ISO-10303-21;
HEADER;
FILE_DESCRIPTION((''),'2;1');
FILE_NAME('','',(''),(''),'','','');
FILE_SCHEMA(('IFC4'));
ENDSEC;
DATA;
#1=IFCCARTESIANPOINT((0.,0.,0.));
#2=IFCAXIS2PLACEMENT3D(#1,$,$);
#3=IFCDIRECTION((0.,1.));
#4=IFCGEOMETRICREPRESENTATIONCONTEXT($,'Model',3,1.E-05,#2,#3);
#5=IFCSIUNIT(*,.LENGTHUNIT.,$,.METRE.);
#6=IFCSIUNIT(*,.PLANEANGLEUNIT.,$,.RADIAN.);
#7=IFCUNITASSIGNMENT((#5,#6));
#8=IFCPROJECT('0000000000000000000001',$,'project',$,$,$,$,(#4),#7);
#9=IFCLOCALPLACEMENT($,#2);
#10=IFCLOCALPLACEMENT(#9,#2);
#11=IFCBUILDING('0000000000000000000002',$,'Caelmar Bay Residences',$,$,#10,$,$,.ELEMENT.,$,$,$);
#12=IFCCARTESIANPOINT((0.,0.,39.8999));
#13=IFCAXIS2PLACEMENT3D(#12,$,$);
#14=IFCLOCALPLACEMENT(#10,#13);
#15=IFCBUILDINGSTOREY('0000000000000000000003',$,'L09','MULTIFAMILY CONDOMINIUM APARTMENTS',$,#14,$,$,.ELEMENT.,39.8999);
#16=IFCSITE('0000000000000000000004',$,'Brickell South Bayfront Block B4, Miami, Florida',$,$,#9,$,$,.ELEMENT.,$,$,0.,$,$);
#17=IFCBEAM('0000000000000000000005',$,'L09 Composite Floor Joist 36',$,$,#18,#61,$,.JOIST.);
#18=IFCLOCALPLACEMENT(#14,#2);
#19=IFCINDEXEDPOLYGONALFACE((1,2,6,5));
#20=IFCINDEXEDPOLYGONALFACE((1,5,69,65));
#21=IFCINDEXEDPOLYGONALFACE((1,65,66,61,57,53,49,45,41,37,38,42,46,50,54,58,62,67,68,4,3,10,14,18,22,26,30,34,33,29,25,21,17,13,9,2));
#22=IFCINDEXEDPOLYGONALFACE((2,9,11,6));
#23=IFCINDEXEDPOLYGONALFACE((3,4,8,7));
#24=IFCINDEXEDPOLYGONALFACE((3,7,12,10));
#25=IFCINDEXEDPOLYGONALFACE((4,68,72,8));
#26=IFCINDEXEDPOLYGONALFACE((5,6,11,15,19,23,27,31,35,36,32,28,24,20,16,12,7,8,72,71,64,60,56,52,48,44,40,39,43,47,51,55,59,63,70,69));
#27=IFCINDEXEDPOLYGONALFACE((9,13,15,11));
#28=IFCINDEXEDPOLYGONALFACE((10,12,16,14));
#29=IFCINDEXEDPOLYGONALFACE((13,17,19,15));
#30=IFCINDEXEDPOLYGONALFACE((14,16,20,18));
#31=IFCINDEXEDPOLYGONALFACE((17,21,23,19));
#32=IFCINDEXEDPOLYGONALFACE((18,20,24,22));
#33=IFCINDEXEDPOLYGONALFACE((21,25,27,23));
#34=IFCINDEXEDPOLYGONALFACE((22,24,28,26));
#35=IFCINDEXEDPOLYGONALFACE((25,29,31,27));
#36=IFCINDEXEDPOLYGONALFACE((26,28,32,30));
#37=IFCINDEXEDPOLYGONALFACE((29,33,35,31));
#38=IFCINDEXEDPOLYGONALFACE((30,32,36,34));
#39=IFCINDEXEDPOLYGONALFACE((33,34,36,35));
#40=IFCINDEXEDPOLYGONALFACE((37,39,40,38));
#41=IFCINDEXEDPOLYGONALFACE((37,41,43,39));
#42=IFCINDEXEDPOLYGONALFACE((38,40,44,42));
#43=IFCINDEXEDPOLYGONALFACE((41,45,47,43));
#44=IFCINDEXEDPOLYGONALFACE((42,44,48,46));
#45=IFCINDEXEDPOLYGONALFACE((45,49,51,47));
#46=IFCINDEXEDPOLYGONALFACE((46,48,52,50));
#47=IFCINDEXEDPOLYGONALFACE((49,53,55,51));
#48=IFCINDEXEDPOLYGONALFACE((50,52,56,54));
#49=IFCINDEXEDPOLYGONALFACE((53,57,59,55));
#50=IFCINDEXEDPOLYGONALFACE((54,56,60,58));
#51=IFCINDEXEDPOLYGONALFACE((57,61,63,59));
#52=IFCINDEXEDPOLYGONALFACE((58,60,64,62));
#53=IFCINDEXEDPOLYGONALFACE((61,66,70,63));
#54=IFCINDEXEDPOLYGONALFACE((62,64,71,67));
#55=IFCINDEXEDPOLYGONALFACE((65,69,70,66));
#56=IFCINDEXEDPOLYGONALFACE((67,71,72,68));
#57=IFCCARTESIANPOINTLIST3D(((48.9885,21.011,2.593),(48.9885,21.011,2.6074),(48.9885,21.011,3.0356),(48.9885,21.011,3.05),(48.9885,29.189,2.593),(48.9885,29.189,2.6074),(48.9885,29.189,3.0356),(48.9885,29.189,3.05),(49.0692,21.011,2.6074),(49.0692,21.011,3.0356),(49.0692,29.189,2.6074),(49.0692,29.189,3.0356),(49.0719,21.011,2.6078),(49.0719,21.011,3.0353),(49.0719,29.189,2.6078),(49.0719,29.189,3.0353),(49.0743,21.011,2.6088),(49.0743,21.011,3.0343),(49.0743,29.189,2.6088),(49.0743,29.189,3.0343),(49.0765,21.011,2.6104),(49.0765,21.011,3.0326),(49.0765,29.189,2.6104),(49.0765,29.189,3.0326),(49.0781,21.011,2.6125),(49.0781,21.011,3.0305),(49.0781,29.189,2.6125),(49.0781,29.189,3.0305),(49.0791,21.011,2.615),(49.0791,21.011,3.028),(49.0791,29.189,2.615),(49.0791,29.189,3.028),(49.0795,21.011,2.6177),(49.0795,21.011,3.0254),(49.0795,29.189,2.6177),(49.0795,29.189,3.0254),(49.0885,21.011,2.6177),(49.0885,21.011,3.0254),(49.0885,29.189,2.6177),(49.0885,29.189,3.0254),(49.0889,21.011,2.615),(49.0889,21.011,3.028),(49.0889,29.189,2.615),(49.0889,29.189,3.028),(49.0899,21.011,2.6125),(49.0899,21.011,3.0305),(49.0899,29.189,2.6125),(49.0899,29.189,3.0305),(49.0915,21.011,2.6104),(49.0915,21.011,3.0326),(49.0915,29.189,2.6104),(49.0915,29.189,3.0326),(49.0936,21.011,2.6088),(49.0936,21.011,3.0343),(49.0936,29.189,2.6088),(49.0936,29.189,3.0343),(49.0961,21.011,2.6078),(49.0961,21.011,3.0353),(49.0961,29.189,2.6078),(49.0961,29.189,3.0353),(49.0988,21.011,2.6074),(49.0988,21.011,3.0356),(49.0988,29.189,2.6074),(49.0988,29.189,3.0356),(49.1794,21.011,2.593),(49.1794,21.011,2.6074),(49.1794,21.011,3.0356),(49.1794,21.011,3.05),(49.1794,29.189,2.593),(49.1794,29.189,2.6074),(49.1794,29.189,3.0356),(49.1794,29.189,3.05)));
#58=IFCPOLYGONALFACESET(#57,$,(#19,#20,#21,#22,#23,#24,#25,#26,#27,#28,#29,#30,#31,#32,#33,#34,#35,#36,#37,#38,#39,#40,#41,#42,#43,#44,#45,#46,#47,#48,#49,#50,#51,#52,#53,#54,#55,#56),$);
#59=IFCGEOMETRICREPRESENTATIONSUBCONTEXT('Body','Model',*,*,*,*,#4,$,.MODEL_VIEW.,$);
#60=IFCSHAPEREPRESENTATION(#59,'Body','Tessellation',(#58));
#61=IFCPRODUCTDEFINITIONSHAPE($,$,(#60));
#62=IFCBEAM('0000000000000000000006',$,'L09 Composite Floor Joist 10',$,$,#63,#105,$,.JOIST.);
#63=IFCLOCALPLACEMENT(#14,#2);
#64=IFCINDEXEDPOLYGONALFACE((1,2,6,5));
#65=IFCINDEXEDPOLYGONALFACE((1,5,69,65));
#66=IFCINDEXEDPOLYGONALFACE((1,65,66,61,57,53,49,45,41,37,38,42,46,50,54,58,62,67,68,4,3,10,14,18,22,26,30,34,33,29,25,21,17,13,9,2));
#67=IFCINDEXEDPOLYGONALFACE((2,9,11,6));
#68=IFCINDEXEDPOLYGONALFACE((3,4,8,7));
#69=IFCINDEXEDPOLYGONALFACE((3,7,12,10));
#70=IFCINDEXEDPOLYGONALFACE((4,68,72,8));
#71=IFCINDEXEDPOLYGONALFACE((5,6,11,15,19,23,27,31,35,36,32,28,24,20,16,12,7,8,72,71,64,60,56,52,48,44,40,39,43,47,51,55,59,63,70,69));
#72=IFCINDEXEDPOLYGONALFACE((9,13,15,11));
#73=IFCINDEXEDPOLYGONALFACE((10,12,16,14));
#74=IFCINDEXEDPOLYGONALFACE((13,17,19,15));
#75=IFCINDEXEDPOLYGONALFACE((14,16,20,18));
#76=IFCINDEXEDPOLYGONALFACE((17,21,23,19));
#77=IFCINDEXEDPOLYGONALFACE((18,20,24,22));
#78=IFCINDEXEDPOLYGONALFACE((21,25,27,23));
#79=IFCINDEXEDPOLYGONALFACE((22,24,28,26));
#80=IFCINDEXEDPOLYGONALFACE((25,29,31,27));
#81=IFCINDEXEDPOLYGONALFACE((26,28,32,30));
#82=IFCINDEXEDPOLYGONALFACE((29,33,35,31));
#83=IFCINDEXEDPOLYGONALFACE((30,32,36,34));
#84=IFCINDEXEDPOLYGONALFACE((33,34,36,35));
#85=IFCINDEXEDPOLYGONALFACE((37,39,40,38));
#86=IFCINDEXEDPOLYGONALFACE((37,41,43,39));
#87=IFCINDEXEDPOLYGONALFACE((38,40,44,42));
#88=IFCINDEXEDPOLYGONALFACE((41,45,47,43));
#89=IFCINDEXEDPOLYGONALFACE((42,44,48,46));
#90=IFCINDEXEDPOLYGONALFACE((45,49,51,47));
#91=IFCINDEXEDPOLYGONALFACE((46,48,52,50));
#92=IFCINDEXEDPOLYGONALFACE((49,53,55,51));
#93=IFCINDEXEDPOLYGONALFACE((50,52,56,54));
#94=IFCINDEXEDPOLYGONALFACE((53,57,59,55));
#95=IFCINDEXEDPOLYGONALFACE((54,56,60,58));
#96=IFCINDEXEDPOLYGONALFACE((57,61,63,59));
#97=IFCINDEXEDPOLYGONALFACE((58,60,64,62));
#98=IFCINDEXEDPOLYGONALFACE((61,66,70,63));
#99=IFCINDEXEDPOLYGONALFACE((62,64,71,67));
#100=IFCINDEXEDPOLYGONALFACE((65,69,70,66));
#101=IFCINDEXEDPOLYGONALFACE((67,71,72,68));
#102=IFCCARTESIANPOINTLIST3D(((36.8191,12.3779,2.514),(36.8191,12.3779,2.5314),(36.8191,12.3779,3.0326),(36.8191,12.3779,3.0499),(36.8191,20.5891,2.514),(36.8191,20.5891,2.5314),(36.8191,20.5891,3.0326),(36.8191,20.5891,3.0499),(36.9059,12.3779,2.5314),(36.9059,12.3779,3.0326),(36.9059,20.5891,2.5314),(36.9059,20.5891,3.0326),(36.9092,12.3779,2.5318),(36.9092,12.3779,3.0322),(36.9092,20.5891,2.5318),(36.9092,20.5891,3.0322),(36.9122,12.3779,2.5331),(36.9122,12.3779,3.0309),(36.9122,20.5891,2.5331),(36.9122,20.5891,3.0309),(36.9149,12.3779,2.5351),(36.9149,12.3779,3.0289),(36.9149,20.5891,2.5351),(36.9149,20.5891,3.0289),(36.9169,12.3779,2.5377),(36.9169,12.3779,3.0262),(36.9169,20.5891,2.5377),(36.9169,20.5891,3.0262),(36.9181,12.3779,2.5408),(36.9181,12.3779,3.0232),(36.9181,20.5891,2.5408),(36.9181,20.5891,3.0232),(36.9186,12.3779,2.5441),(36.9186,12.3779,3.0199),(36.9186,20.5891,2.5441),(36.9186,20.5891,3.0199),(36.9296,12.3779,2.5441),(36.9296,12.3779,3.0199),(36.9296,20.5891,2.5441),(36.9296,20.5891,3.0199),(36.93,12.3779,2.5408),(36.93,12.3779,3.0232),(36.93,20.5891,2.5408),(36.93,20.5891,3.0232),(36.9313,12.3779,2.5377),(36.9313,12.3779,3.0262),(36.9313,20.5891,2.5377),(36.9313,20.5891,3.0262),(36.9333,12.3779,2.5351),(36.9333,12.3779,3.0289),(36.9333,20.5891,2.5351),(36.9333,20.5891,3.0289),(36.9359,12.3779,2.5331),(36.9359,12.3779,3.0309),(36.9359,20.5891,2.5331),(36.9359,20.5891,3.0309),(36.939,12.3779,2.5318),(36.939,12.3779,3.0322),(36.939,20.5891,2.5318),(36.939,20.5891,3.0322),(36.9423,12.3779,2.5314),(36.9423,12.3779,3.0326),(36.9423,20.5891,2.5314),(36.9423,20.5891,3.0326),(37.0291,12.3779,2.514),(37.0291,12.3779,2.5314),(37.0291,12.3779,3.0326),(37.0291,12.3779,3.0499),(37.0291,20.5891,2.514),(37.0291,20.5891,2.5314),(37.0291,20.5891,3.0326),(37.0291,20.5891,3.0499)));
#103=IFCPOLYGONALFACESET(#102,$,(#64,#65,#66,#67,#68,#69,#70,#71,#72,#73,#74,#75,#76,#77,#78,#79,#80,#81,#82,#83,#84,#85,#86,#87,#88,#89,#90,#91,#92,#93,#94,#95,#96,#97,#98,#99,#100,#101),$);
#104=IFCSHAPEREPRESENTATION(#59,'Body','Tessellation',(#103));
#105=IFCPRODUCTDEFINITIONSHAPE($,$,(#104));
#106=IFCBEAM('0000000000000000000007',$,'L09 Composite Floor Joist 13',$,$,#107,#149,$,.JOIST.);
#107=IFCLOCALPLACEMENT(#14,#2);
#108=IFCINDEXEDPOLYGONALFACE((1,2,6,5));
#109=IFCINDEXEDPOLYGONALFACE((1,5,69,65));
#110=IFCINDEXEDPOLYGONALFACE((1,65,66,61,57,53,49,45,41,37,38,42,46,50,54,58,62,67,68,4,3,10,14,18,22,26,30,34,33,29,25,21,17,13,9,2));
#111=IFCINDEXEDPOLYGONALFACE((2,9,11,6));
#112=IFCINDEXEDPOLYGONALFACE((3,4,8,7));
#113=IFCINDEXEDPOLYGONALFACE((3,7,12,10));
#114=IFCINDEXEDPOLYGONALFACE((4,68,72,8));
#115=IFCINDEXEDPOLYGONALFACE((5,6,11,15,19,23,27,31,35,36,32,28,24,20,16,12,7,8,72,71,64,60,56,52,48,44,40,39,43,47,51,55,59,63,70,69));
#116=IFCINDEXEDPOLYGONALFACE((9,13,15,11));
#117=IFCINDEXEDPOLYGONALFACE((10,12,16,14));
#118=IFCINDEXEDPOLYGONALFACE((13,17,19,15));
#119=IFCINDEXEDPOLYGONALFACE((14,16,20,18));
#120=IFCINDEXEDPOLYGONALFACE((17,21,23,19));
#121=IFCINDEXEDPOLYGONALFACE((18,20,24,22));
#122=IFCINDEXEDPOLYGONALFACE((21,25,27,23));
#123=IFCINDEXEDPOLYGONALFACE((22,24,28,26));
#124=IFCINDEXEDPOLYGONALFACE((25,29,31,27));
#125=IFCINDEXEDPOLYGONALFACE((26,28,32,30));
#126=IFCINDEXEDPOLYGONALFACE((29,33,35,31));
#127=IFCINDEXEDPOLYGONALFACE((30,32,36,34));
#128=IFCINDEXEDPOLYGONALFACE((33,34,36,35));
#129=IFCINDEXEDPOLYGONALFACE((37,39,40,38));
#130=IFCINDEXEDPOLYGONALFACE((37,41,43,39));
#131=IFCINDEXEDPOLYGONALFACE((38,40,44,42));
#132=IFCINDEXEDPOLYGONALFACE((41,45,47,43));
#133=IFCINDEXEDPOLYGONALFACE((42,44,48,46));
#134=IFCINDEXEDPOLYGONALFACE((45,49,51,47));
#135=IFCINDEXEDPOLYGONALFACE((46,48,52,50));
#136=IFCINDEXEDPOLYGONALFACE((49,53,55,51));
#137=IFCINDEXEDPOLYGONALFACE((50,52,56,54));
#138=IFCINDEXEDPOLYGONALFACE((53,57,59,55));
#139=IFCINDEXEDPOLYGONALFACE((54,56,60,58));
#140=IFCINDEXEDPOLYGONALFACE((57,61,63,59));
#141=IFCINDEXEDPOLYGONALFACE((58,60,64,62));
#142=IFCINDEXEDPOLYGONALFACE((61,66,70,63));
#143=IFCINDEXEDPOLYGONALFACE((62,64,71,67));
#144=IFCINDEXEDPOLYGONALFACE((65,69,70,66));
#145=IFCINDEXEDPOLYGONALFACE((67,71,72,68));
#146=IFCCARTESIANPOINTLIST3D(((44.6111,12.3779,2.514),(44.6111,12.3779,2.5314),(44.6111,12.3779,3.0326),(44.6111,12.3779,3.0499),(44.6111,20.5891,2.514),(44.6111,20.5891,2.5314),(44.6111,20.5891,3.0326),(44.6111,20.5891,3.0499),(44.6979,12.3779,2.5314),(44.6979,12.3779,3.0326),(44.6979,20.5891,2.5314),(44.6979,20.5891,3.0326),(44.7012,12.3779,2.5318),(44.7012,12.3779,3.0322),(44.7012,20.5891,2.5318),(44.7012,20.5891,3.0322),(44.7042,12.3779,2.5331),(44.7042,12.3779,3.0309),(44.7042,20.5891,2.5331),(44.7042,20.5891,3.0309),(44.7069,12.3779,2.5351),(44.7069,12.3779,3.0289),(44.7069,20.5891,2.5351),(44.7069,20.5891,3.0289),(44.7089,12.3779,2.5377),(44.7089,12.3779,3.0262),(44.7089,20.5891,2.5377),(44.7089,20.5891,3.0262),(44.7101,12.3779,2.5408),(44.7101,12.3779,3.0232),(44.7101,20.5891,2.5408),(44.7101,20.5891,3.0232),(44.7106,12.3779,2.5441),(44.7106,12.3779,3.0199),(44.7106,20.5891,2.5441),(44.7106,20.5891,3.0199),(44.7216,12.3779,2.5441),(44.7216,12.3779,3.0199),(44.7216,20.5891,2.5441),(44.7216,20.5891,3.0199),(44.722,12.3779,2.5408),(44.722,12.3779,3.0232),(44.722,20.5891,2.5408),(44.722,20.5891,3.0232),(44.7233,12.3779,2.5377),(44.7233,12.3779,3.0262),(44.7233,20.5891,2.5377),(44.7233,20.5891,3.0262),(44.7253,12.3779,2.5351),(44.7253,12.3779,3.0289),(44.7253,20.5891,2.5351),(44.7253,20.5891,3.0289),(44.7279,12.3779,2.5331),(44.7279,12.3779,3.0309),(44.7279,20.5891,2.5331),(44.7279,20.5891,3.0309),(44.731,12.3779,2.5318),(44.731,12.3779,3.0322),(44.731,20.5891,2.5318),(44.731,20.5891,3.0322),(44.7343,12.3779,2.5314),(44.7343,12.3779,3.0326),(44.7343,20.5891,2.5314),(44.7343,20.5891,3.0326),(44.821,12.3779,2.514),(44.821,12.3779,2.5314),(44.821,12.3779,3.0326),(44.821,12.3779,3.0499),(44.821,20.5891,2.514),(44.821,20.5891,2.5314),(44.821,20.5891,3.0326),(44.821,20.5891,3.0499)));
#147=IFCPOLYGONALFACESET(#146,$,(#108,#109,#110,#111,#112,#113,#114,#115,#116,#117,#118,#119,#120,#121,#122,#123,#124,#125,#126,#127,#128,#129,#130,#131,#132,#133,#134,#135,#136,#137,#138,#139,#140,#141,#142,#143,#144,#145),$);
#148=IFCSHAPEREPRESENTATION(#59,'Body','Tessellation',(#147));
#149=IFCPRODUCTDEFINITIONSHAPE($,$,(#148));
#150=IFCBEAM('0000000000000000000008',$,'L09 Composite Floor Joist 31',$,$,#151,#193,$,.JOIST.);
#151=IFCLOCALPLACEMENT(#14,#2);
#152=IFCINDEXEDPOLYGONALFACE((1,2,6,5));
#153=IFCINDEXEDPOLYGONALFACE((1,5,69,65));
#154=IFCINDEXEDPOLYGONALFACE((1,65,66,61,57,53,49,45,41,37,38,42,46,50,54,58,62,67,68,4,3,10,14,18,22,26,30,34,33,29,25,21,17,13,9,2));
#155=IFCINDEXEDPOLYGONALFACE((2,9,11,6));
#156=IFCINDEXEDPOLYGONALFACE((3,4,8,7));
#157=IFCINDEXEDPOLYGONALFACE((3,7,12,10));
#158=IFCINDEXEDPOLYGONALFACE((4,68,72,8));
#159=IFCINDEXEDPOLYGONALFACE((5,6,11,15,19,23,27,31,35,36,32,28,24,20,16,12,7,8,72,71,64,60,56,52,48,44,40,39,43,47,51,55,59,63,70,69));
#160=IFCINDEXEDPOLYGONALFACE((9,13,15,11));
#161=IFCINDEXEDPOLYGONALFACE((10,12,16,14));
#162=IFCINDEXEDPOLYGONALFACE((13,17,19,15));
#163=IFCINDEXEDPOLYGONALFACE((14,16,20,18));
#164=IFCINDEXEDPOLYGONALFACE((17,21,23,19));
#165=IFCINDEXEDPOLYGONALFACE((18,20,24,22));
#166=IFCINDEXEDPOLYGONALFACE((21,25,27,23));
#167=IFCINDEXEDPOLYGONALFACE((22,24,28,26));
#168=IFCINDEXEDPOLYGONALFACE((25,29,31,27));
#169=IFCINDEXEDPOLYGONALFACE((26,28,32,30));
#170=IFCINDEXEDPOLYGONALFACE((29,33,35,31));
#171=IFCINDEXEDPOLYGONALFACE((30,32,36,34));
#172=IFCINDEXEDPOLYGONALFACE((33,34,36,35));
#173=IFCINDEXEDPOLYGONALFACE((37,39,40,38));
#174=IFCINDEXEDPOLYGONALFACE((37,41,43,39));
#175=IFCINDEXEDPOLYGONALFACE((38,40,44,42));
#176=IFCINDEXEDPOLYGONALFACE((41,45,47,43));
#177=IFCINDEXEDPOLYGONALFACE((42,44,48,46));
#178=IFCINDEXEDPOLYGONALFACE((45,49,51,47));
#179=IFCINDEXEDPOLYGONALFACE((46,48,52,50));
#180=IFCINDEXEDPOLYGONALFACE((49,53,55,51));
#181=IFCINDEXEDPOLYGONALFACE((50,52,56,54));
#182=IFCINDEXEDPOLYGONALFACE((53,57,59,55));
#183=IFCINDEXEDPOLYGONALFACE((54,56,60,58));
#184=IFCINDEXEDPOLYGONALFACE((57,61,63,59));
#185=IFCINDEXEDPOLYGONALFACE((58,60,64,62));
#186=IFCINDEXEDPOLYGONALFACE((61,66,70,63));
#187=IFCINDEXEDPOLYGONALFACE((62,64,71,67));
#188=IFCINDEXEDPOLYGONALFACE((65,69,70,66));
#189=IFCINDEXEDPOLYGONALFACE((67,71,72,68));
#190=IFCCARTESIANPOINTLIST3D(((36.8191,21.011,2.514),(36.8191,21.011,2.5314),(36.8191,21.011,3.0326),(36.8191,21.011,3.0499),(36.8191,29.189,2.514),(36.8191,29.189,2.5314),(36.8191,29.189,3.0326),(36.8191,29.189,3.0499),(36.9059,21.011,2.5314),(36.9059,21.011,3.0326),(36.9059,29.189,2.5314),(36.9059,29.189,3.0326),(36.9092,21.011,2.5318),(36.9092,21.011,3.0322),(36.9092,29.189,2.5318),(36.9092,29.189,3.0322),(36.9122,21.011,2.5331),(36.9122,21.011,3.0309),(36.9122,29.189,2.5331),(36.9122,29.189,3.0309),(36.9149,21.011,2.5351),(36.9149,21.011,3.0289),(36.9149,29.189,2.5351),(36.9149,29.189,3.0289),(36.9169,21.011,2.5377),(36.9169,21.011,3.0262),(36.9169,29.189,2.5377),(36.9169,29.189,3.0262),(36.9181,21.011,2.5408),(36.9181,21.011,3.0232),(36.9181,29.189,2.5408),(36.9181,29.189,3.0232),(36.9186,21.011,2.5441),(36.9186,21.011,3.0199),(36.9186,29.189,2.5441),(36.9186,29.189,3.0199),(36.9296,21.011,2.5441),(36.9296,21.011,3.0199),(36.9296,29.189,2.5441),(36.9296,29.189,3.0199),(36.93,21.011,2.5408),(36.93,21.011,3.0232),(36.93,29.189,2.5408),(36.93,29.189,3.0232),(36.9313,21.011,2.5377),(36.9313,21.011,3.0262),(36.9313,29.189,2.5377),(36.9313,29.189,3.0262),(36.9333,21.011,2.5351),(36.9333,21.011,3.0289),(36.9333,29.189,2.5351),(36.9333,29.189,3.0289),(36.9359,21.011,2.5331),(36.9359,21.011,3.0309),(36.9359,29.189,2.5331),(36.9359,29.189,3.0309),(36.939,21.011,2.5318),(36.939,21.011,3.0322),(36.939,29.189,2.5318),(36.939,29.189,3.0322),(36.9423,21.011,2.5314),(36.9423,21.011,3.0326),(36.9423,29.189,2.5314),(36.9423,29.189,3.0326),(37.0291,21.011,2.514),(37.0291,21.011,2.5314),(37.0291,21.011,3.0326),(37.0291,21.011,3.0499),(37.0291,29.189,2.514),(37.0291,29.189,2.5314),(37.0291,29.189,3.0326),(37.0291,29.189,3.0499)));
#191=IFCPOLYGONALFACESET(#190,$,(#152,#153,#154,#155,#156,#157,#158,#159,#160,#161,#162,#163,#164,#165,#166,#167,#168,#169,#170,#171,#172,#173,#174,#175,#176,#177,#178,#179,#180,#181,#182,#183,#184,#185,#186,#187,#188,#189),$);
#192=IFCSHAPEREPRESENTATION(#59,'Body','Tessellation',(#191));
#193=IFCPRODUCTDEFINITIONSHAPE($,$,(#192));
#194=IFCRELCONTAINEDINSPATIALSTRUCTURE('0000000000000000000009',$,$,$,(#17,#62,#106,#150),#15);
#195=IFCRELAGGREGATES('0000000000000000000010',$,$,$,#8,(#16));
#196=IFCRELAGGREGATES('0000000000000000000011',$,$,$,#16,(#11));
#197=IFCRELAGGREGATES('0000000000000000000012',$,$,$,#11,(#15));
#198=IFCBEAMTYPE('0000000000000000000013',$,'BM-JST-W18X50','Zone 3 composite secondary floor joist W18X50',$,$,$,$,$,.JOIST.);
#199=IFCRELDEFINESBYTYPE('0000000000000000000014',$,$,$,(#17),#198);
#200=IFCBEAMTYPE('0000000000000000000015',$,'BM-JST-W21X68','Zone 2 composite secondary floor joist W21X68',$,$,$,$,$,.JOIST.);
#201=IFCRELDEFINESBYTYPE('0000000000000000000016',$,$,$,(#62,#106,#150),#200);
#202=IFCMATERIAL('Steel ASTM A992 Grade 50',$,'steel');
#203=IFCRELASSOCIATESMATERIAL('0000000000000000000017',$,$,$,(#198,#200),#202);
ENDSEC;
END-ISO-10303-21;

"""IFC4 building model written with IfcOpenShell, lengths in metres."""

from ifc_helpers import new_model, si_unit, direction, frame, origin, origin_2d, place, context, subcontext, project, spatial, i_section, extrude, material, material_profile, profile_set, type_object, element, save


model = new_model("IFC4")

# Units and contexts
model_context = context("Model", 3, precision=1e-05, world=origin(), true_north=direction((0.0, 1.0)))
body_context = subcontext(model_context, "Body", "Model", "MODEL_VIEW")
ifc_project = project(units=[si_unit("LENGTHUNIT", "METRE"), si_unit("PLANEANGLEUNIT", "RADIAN")], contexts=[model_context])

# Site, building, storey
site_placement = place(None, origin())
site = spatial("IfcSite", under=ifc_project, at=site_placement, Name="Brickell South Bayfront Block B4, Miami, Florida", CompositionType="ELEMENT", RefElevation=0.0)
building_placement = place(site_placement, origin())
building = spatial("IfcBuilding", under=site, at=building_placement, Name="Caelmar Bay Residences", CompositionType="ELEMENT")
storey_placement = place(building_placement, frame((0.0, 0.0, 39.8999)))
storey = spatial("IfcBuildingStorey", under=building, at=storey_placement, Name="L09", Description="MULTIFAMILY CONDOMINIUM APARTMENTS", CompositionType="ELEMENT", Elevation=39.8999)

# Beams
ifc_material_1 = material(Name="Steel ASTM A992 Grade 50", Category="steel")
ifc_material_profile_1 = material_profile(ifc_material_1, i_section(OverallWidth=0.1909, OverallDepth=0.457, WebThickness=0.009, FlangeThickness=0.0144, FilletRadius=0.0103, at=origin_2d()), Name="W18X50")
ifc_profile_set_1 = profile_set([ifc_material_profile_1], Name="Steel ASTM A992 Grade 50")
beam_type_1 = type_object("IfcBeamType", Name="BM-JST-W18X50", Description="Zone 3 composite secondary floor joist W18X50", PredefinedType="JOIST", material=ifc_profile_set_1)
for number, where, z_axis, x_axis, name in (
    (1, (49.084, 21.011, 2.8215), (0.0, 1.0, 0.0), (-1.0, 0.0, 0.0), "L09 Composite Floor Joist 36"),
):
    element("IfcBeam", number, at=place(storey_placement, frame(where, z_axis=z_axis, x_axis=x_axis)), inside=storey, type_object=beam_type_1, Name=name, PredefinedType="JOIST", context=body_context, shape_type="SweptSolid", body=[
        extrude(i_section(OverallWidth=0.1909, OverallDepth=0.457, WebThickness=0.009, FlangeThickness=0.0144, FilletRadius=0.0103, at=origin_2d()), origin(), (0.0, 0.0, 1.0), 8.178),
    ])
ifc_material_profile_2 = material_profile(ifc_material_1, i_section(OverallWidth=0.21, OverallDepth=0.5359, WebThickness=0.011, FlangeThickness=0.0173, FilletRadius=0.0127, at=origin_2d()), Name="W21X68")
ifc_profile_set_2 = profile_set([ifc_material_profile_2], Name="Steel ASTM A992 Grade 50")
beam_type_2 = type_object("IfcBeamType", Name="BM-JST-W21X68", Description="Zone 2 composite secondary floor joist W21X68", PredefinedType="JOIST", material=ifc_profile_set_2)
for number, where, z_axis, x_axis, name in (
    (2, (36.9241, 12.3779, 2.782), (0.0, 1.0, 0.0), (-1.0, 0.0, 0.0), "L09 Composite Floor Joist 10"),
    (3, (44.7161, 12.3779, 2.782), (0.0, 1.0, 0.0), (-1.0, 0.0, 0.0), "L09 Composite Floor Joist 13"),
):
    element("IfcBeam", number, at=place(storey_placement, frame(where, z_axis=z_axis, x_axis=x_axis)), inside=storey, type_object=beam_type_2, Name=name, PredefinedType="JOIST", context=body_context, shape_type="SweptSolid", body=[
        extrude(i_section(OverallWidth=0.21, OverallDepth=0.5359, WebThickness=0.011, FlangeThickness=0.0173, FilletRadius=0.0127, at=origin_2d()), origin(), (0.0, 0.0, 1.0), 8.2112),
    ])
for number, where, z_axis, x_axis, name in (
    (4, (36.9241, 21.011, 2.782), (0.0, 1.0, 0.0), (-1.0, 0.0, 0.0), "L09 Composite Floor Joist 31"),
):
    element("IfcBeam", number, at=place(storey_placement, frame(where, z_axis=z_axis, x_axis=x_axis)), inside=storey, type_object=beam_type_2, Name=name, PredefinedType="JOIST", context=body_context, shape_type="SweptSolid", body=[
        extrude(i_section(OverallWidth=0.21, OverallDepth=0.5359, WebThickness=0.011, FlangeThickness=0.0173, FilletRadius=0.0127, at=origin_2d()), origin(), (0.0, 0.0, 1.0), 8.178),
    ])

save(model, "model.ifc")
